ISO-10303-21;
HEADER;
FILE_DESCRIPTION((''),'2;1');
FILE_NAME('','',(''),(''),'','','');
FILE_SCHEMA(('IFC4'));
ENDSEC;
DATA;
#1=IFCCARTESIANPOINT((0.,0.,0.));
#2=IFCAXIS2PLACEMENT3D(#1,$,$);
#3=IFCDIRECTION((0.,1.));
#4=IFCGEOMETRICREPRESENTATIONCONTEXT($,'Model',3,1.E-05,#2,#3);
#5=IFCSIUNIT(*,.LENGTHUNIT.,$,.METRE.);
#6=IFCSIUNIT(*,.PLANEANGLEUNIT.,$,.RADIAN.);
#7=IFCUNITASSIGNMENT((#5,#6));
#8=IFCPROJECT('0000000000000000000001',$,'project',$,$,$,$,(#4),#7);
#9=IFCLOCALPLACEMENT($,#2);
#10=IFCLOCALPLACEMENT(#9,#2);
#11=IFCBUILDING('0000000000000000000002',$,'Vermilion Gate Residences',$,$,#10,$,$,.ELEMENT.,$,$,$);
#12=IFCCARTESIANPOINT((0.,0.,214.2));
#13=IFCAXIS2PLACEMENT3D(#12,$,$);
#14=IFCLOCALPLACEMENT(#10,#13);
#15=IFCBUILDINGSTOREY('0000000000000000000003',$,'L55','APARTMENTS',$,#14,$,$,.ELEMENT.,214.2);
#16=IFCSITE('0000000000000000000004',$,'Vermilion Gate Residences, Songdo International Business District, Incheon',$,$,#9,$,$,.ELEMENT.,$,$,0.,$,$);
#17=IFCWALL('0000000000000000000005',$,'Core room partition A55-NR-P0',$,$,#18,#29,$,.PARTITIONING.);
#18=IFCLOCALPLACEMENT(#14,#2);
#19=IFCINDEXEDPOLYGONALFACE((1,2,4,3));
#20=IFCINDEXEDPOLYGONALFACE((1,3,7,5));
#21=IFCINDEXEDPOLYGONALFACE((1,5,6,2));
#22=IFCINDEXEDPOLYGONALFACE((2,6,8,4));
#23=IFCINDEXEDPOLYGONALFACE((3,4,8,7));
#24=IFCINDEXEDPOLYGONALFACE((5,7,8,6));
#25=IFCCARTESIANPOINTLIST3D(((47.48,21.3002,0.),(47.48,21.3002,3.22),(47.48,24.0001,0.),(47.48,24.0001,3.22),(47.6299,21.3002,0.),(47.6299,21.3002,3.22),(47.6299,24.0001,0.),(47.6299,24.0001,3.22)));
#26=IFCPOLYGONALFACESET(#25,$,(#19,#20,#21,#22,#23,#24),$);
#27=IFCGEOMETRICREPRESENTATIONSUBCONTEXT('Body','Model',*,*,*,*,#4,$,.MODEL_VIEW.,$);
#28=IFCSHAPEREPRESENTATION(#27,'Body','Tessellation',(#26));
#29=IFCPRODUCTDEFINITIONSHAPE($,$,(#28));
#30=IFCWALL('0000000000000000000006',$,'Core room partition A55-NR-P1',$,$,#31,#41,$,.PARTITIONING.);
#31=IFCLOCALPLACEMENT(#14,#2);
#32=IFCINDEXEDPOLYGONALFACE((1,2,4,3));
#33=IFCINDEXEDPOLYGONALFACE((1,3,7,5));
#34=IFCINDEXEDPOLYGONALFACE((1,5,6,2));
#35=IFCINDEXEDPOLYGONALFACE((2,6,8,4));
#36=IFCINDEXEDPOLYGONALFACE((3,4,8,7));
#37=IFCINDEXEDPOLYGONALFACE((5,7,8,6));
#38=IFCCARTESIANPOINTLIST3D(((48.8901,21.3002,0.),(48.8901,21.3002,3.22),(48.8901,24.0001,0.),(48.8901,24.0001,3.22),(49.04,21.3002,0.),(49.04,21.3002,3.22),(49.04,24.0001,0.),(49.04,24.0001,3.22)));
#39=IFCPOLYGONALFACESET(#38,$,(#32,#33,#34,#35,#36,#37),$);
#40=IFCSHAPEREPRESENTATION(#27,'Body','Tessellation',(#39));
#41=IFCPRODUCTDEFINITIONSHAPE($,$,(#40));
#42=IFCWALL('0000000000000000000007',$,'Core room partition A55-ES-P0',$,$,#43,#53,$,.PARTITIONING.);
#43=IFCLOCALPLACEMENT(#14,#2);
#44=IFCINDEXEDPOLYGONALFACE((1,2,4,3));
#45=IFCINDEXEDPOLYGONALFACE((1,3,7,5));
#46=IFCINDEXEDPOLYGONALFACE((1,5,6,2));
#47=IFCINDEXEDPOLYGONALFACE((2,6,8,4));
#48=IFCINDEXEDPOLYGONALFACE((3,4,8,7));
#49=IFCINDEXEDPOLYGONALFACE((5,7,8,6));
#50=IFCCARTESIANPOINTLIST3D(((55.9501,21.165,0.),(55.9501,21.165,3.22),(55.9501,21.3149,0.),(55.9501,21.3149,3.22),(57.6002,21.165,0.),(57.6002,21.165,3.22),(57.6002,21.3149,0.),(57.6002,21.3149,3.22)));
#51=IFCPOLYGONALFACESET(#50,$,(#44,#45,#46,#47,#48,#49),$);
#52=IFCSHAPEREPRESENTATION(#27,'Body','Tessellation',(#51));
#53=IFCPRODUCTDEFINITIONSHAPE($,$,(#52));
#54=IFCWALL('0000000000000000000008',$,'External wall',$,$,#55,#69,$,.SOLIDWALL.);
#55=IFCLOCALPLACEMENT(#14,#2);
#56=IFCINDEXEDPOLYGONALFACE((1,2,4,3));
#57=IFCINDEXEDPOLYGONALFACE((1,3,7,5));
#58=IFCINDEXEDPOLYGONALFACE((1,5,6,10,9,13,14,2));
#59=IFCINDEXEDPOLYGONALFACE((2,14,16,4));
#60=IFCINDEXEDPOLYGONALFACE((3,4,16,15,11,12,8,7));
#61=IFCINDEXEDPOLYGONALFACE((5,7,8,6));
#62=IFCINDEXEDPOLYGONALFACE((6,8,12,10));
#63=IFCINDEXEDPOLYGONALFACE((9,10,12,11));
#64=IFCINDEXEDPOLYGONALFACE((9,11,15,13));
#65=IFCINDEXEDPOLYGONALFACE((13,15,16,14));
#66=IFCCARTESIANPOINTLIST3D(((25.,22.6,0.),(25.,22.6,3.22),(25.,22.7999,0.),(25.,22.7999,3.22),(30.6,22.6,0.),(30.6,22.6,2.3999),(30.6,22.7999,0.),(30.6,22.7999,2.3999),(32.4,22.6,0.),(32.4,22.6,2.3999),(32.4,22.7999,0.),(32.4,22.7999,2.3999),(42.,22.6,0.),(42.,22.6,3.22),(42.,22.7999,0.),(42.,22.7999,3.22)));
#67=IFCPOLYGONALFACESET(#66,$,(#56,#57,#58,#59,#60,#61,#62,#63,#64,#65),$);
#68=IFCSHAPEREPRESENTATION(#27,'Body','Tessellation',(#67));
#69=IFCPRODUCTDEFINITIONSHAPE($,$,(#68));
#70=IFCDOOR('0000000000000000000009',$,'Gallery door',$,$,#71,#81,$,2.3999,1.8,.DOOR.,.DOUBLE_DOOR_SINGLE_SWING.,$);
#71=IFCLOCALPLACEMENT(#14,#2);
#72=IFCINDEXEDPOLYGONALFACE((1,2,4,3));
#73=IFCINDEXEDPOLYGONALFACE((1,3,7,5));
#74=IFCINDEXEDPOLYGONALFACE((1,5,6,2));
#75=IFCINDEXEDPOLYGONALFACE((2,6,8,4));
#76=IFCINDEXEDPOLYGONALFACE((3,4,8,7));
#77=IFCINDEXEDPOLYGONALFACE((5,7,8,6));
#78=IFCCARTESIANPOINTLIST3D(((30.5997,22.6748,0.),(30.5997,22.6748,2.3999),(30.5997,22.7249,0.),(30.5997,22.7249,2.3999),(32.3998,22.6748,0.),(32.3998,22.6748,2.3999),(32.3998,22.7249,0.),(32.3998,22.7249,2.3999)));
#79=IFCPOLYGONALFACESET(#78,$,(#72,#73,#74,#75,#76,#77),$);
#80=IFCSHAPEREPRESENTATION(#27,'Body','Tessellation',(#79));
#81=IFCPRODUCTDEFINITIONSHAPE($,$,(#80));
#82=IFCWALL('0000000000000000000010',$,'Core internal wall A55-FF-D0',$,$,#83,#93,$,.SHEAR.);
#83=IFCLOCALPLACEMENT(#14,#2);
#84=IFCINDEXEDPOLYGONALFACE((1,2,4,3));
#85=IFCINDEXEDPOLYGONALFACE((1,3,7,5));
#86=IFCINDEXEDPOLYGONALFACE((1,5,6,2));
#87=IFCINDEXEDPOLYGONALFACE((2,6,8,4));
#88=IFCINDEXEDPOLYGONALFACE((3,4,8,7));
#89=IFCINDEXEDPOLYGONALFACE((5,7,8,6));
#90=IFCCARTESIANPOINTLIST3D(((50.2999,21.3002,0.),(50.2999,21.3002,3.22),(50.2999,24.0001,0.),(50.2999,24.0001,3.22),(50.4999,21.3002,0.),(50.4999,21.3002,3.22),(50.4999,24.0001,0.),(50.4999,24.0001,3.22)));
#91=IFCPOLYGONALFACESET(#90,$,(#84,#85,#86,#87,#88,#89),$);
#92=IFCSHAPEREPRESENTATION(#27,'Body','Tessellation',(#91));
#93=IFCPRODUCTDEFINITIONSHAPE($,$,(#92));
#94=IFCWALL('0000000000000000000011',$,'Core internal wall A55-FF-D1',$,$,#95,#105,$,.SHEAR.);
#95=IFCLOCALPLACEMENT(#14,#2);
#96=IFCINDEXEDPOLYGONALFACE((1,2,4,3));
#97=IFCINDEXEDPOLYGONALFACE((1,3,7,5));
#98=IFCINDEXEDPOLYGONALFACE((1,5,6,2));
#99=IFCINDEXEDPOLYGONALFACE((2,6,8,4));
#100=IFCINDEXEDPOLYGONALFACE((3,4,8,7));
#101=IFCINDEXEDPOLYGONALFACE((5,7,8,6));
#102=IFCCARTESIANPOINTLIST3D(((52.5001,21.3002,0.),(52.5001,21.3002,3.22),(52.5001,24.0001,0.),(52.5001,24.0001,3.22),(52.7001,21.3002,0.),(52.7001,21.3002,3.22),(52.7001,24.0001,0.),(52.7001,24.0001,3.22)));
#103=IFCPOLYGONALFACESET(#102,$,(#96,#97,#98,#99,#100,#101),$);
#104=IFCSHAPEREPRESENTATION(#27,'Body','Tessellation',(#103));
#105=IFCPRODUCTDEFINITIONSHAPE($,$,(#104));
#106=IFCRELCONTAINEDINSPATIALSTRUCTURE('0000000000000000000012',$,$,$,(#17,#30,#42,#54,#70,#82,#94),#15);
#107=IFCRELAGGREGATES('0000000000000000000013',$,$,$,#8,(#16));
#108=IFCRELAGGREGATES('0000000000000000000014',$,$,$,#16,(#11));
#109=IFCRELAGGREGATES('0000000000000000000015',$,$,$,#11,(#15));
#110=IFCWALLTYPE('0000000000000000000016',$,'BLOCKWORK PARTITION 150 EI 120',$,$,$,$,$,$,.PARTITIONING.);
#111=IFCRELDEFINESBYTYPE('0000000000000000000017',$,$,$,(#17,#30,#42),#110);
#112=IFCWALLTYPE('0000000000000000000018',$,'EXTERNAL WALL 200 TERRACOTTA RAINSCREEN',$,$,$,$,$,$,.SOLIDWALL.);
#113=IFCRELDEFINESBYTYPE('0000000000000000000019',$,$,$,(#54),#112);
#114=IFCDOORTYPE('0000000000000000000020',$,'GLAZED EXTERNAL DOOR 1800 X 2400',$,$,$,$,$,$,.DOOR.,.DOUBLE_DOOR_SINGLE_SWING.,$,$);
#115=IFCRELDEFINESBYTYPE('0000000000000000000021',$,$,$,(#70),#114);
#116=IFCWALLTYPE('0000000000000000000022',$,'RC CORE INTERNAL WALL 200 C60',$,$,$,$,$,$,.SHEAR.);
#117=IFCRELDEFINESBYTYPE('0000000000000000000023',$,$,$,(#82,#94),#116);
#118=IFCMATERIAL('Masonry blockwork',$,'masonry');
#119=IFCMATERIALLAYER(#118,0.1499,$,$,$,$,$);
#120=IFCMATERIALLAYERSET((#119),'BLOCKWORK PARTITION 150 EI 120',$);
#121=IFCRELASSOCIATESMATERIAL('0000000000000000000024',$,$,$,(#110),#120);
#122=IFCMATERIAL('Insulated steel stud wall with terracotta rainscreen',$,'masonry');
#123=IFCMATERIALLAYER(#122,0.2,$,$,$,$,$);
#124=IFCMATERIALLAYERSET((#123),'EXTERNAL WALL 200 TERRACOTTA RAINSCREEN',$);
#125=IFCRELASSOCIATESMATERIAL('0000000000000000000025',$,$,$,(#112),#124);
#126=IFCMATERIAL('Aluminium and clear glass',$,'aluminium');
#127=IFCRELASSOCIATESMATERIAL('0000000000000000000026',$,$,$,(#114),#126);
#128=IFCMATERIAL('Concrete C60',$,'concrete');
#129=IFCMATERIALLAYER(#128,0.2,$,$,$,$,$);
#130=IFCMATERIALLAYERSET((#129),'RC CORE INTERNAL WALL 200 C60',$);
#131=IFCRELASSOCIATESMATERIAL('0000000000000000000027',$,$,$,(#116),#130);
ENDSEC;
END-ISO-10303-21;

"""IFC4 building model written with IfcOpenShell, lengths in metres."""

from ifc_helpers import new_model, si_unit, direction, frame, frame_2d, origin, place, context, subcontext, project, spatial, rectangle, extrude, material, layer, layer_set, type_object, element, fill, save


model = new_model("IFC4")

# Units and contexts
model_context = context("Model", 3, precision=1e-05, world=origin(), true_north=direction((0.0, 1.0)))
body_context = subcontext(model_context, "Body", "Model", "MODEL_VIEW")
ifc_project = project(units=[si_unit("LENGTHUNIT", "METRE"), si_unit("PLANEANGLEUNIT", "RADIAN")], contexts=[model_context])

# Site, building, storey
site_placement = place(None, origin())
site = spatial("IfcSite", under=ifc_project, at=site_placement, Name="Vermilion Gate Residences, Songdo International Business District, Incheon", CompositionType="ELEMENT", RefElevation=0.0)
building_placement = place(site_placement, origin())
building = spatial("IfcBuilding", under=site, at=building_placement, Name="Vermilion Gate Residences", CompositionType="ELEMENT")
storey_placement = place(building_placement, frame((0.0, 0.0, 214.2)))
storey = spatial("IfcBuildingStorey", under=building, at=storey_placement, Name="L55", Description="APARTMENTS", CompositionType="ELEMENT", Elevation=214.2)

# Walls
ifc_material_1 = material(Name="Masonry blockwork", Category="masonry")
ifc_layer_1 = layer(ifc_material_1, 0.1499)
ifc_layer_set_1 = layer_set([ifc_layer_1], Name="BLOCKWORK PARTITION 150 EI 120")
wall_type_1 = type_object("IfcWallType", Name="BLOCKWORK PARTITION 150 EI 120", PredefinedType="PARTITIONING", material=ifc_layer_set_1)
for number, where, z_axis, x_axis, name in (
    (1, (47.5549, 21.3, 0.0), (0.0, 0.0, 1.0), (0.0, 1.0, 0.0), "Core room partition A55-NR-P0"),
    (2, (48.9651, 21.3, 0.0), (0.0, 0.0, 1.0), (0.0, 1.0, 0.0), "Core room partition A55-NR-P1"),
):
    element("IfcWall", number, at=place(storey_placement, frame(where, z_axis=z_axis, x_axis=x_axis)), inside=storey, type_object=wall_type_1, Name=name, PredefinedType="PARTITIONING", context=body_context, shape_type="SweptSolid", body=[
        extrude(rectangle(XDim=2.7, YDim=0.1499, at=frame_2d((1.3501, 0.0))), origin(), (0.0, 0.0, 1.0), 3.22),
    ])
wall_1_placement = place(storey_placement, frame((55.95, 21.24, 0.0), z_axis=(0.0, 0.0, 1.0), x_axis=(1.0, 0.0, 0.0)))
element("IfcWall", 3, at=wall_1_placement, inside=storey, type_object=wall_type_1, Name="Core room partition A55-ES-P0", PredefinedType="PARTITIONING", context=body_context, shape_type="SweptSolid", body=[
    extrude(rectangle(XDim=1.6501, YDim=0.1499, at=frame_2d((0.8252, 0.0))), origin(), (0.0, 0.0, 1.0), 3.22),
])

# Wall, opening, door
ifc_material_2 = material(Name="Insulated steel stud wall with terracotta rainscreen", Category="masonry")
ifc_layer_2 = layer(ifc_material_2, 0.2)
ifc_layer_set_2 = layer_set([ifc_layer_2], Name="EXTERNAL WALL 200 TERRACOTTA RAINSCREEN")
wall_type_2 = type_object("IfcWallType", Name="EXTERNAL WALL 200 TERRACOTTA RAINSCREEN", PredefinedType="SOLIDWALL", material=ifc_layer_set_2)
wall_2_placement = place(storey_placement, frame((42.0, 22.7, 0.0), z_axis=(0.0, 0.0, 1.0), x_axis=(-1.0, 0.0, 0.0)))
wall_2 = element("IfcWall", 4, at=wall_2_placement, inside=storey, type_object=wall_type_2, Name="External wall", PredefinedType="SOLIDWALL", context=body_context, shape_type="SweptSolid", body=[
    extrude(rectangle(XDim=17.0, YDim=0.2, at=frame_2d((8.5, 0.0))), origin(), (0.0, 0.0, 1.0), 3.22),
])
opening_1_placement = place(wall_2_placement, frame((9.6001, 0.0, 0.0)))
opening_1 = element("IfcOpeningElement", 5, at=opening_1_placement, cuts=wall_2, PredefinedType="OPENING", context=body_context, shape_type="SweptSolid", body=[
    extrude(rectangle(XDim=1.8, YDim=2.3999, at=frame_2d((0.8999, 1.2))), frame((0.0, 0.1099, 0.0), z_axis=(0.0, -1.0, 0.0), x_axis=(1.0, 0.0, 0.0)), (0.0, 0.0, 1.0), 0.22),
])
ifc_material_3 = material(Name="Aluminium and clear glass", Category="aluminium")
door_type_1 = type_object("IfcDoorType", Name="GLAZED EXTERNAL DOOR 1800 X 2400", OperationType="DOUBLE_DOOR_SINGLE_SWING", PredefinedType="DOOR", material=ifc_material_3)
door_1_placement = place(opening_1_placement, frame((1.8, 0.0, 0.0), z_axis=(0.0, 0.0, 1.0), x_axis=(-1.0, 0.0, 0.0)))
door_1 = element("IfcDoor", 6, at=door_1_placement, inside=storey, type_object=door_type_1, Name="Gallery door", OperationType="DOUBLE_DOOR_SINGLE_SWING", OverallHeight=2.3999, OverallWidth=1.8, PredefinedType="DOOR", context=body_context, shape_type="SweptSolid", body=[
    extrude(rectangle(XDim=1.8, YDim=2.3999, at=frame_2d((0.8999, 1.2))), frame((0.0, 0.0249, 0.0), z_axis=(0.0, -1.0, 0.0), x_axis=(1.0, 0.0, 0.0)), (0.0, 0.0, 1.0), 0.05),
])
fill(opening_1, door_1)

# Walls
ifc_material_4 = material(Name="Concrete C60", Category="concrete")
ifc_layer_3 = layer(ifc_material_4, 0.2)
ifc_layer_set_3 = layer_set([ifc_layer_3], Name="RC CORE INTERNAL WALL 200 C60")
wall_type_3 = type_object("IfcWallType", Name="RC CORE INTERNAL WALL 200 C60", PredefinedType="SHEAR", material=ifc_layer_set_3)
for number, where, z_axis, x_axis, name in (
    (7, (50.3999, 21.3, 0.0), (0.0, 0.0, 1.0), (0.0, 1.0, 0.0), "Core internal wall A55-FF-D0"),
    (8, (52.6001, 21.3, 0.0), (0.0, 0.0, 1.0), (0.0, 1.0, 0.0), "Core internal wall A55-FF-D1"),
):
    element("IfcWall", number, at=place(storey_placement, frame(where, z_axis=z_axis, x_axis=x_axis)), inside=storey, type_object=wall_type_3, Name=name, PredefinedType="SHEAR", context=body_context, shape_type="SweptSolid", body=[
        extrude(rectangle(XDim=2.7, YDim=0.2, at=frame_2d((1.3501, 0.0))), origin(), (0.0, 0.0, 1.0), 3.22),
    ])

save(model, "model.ifc")
